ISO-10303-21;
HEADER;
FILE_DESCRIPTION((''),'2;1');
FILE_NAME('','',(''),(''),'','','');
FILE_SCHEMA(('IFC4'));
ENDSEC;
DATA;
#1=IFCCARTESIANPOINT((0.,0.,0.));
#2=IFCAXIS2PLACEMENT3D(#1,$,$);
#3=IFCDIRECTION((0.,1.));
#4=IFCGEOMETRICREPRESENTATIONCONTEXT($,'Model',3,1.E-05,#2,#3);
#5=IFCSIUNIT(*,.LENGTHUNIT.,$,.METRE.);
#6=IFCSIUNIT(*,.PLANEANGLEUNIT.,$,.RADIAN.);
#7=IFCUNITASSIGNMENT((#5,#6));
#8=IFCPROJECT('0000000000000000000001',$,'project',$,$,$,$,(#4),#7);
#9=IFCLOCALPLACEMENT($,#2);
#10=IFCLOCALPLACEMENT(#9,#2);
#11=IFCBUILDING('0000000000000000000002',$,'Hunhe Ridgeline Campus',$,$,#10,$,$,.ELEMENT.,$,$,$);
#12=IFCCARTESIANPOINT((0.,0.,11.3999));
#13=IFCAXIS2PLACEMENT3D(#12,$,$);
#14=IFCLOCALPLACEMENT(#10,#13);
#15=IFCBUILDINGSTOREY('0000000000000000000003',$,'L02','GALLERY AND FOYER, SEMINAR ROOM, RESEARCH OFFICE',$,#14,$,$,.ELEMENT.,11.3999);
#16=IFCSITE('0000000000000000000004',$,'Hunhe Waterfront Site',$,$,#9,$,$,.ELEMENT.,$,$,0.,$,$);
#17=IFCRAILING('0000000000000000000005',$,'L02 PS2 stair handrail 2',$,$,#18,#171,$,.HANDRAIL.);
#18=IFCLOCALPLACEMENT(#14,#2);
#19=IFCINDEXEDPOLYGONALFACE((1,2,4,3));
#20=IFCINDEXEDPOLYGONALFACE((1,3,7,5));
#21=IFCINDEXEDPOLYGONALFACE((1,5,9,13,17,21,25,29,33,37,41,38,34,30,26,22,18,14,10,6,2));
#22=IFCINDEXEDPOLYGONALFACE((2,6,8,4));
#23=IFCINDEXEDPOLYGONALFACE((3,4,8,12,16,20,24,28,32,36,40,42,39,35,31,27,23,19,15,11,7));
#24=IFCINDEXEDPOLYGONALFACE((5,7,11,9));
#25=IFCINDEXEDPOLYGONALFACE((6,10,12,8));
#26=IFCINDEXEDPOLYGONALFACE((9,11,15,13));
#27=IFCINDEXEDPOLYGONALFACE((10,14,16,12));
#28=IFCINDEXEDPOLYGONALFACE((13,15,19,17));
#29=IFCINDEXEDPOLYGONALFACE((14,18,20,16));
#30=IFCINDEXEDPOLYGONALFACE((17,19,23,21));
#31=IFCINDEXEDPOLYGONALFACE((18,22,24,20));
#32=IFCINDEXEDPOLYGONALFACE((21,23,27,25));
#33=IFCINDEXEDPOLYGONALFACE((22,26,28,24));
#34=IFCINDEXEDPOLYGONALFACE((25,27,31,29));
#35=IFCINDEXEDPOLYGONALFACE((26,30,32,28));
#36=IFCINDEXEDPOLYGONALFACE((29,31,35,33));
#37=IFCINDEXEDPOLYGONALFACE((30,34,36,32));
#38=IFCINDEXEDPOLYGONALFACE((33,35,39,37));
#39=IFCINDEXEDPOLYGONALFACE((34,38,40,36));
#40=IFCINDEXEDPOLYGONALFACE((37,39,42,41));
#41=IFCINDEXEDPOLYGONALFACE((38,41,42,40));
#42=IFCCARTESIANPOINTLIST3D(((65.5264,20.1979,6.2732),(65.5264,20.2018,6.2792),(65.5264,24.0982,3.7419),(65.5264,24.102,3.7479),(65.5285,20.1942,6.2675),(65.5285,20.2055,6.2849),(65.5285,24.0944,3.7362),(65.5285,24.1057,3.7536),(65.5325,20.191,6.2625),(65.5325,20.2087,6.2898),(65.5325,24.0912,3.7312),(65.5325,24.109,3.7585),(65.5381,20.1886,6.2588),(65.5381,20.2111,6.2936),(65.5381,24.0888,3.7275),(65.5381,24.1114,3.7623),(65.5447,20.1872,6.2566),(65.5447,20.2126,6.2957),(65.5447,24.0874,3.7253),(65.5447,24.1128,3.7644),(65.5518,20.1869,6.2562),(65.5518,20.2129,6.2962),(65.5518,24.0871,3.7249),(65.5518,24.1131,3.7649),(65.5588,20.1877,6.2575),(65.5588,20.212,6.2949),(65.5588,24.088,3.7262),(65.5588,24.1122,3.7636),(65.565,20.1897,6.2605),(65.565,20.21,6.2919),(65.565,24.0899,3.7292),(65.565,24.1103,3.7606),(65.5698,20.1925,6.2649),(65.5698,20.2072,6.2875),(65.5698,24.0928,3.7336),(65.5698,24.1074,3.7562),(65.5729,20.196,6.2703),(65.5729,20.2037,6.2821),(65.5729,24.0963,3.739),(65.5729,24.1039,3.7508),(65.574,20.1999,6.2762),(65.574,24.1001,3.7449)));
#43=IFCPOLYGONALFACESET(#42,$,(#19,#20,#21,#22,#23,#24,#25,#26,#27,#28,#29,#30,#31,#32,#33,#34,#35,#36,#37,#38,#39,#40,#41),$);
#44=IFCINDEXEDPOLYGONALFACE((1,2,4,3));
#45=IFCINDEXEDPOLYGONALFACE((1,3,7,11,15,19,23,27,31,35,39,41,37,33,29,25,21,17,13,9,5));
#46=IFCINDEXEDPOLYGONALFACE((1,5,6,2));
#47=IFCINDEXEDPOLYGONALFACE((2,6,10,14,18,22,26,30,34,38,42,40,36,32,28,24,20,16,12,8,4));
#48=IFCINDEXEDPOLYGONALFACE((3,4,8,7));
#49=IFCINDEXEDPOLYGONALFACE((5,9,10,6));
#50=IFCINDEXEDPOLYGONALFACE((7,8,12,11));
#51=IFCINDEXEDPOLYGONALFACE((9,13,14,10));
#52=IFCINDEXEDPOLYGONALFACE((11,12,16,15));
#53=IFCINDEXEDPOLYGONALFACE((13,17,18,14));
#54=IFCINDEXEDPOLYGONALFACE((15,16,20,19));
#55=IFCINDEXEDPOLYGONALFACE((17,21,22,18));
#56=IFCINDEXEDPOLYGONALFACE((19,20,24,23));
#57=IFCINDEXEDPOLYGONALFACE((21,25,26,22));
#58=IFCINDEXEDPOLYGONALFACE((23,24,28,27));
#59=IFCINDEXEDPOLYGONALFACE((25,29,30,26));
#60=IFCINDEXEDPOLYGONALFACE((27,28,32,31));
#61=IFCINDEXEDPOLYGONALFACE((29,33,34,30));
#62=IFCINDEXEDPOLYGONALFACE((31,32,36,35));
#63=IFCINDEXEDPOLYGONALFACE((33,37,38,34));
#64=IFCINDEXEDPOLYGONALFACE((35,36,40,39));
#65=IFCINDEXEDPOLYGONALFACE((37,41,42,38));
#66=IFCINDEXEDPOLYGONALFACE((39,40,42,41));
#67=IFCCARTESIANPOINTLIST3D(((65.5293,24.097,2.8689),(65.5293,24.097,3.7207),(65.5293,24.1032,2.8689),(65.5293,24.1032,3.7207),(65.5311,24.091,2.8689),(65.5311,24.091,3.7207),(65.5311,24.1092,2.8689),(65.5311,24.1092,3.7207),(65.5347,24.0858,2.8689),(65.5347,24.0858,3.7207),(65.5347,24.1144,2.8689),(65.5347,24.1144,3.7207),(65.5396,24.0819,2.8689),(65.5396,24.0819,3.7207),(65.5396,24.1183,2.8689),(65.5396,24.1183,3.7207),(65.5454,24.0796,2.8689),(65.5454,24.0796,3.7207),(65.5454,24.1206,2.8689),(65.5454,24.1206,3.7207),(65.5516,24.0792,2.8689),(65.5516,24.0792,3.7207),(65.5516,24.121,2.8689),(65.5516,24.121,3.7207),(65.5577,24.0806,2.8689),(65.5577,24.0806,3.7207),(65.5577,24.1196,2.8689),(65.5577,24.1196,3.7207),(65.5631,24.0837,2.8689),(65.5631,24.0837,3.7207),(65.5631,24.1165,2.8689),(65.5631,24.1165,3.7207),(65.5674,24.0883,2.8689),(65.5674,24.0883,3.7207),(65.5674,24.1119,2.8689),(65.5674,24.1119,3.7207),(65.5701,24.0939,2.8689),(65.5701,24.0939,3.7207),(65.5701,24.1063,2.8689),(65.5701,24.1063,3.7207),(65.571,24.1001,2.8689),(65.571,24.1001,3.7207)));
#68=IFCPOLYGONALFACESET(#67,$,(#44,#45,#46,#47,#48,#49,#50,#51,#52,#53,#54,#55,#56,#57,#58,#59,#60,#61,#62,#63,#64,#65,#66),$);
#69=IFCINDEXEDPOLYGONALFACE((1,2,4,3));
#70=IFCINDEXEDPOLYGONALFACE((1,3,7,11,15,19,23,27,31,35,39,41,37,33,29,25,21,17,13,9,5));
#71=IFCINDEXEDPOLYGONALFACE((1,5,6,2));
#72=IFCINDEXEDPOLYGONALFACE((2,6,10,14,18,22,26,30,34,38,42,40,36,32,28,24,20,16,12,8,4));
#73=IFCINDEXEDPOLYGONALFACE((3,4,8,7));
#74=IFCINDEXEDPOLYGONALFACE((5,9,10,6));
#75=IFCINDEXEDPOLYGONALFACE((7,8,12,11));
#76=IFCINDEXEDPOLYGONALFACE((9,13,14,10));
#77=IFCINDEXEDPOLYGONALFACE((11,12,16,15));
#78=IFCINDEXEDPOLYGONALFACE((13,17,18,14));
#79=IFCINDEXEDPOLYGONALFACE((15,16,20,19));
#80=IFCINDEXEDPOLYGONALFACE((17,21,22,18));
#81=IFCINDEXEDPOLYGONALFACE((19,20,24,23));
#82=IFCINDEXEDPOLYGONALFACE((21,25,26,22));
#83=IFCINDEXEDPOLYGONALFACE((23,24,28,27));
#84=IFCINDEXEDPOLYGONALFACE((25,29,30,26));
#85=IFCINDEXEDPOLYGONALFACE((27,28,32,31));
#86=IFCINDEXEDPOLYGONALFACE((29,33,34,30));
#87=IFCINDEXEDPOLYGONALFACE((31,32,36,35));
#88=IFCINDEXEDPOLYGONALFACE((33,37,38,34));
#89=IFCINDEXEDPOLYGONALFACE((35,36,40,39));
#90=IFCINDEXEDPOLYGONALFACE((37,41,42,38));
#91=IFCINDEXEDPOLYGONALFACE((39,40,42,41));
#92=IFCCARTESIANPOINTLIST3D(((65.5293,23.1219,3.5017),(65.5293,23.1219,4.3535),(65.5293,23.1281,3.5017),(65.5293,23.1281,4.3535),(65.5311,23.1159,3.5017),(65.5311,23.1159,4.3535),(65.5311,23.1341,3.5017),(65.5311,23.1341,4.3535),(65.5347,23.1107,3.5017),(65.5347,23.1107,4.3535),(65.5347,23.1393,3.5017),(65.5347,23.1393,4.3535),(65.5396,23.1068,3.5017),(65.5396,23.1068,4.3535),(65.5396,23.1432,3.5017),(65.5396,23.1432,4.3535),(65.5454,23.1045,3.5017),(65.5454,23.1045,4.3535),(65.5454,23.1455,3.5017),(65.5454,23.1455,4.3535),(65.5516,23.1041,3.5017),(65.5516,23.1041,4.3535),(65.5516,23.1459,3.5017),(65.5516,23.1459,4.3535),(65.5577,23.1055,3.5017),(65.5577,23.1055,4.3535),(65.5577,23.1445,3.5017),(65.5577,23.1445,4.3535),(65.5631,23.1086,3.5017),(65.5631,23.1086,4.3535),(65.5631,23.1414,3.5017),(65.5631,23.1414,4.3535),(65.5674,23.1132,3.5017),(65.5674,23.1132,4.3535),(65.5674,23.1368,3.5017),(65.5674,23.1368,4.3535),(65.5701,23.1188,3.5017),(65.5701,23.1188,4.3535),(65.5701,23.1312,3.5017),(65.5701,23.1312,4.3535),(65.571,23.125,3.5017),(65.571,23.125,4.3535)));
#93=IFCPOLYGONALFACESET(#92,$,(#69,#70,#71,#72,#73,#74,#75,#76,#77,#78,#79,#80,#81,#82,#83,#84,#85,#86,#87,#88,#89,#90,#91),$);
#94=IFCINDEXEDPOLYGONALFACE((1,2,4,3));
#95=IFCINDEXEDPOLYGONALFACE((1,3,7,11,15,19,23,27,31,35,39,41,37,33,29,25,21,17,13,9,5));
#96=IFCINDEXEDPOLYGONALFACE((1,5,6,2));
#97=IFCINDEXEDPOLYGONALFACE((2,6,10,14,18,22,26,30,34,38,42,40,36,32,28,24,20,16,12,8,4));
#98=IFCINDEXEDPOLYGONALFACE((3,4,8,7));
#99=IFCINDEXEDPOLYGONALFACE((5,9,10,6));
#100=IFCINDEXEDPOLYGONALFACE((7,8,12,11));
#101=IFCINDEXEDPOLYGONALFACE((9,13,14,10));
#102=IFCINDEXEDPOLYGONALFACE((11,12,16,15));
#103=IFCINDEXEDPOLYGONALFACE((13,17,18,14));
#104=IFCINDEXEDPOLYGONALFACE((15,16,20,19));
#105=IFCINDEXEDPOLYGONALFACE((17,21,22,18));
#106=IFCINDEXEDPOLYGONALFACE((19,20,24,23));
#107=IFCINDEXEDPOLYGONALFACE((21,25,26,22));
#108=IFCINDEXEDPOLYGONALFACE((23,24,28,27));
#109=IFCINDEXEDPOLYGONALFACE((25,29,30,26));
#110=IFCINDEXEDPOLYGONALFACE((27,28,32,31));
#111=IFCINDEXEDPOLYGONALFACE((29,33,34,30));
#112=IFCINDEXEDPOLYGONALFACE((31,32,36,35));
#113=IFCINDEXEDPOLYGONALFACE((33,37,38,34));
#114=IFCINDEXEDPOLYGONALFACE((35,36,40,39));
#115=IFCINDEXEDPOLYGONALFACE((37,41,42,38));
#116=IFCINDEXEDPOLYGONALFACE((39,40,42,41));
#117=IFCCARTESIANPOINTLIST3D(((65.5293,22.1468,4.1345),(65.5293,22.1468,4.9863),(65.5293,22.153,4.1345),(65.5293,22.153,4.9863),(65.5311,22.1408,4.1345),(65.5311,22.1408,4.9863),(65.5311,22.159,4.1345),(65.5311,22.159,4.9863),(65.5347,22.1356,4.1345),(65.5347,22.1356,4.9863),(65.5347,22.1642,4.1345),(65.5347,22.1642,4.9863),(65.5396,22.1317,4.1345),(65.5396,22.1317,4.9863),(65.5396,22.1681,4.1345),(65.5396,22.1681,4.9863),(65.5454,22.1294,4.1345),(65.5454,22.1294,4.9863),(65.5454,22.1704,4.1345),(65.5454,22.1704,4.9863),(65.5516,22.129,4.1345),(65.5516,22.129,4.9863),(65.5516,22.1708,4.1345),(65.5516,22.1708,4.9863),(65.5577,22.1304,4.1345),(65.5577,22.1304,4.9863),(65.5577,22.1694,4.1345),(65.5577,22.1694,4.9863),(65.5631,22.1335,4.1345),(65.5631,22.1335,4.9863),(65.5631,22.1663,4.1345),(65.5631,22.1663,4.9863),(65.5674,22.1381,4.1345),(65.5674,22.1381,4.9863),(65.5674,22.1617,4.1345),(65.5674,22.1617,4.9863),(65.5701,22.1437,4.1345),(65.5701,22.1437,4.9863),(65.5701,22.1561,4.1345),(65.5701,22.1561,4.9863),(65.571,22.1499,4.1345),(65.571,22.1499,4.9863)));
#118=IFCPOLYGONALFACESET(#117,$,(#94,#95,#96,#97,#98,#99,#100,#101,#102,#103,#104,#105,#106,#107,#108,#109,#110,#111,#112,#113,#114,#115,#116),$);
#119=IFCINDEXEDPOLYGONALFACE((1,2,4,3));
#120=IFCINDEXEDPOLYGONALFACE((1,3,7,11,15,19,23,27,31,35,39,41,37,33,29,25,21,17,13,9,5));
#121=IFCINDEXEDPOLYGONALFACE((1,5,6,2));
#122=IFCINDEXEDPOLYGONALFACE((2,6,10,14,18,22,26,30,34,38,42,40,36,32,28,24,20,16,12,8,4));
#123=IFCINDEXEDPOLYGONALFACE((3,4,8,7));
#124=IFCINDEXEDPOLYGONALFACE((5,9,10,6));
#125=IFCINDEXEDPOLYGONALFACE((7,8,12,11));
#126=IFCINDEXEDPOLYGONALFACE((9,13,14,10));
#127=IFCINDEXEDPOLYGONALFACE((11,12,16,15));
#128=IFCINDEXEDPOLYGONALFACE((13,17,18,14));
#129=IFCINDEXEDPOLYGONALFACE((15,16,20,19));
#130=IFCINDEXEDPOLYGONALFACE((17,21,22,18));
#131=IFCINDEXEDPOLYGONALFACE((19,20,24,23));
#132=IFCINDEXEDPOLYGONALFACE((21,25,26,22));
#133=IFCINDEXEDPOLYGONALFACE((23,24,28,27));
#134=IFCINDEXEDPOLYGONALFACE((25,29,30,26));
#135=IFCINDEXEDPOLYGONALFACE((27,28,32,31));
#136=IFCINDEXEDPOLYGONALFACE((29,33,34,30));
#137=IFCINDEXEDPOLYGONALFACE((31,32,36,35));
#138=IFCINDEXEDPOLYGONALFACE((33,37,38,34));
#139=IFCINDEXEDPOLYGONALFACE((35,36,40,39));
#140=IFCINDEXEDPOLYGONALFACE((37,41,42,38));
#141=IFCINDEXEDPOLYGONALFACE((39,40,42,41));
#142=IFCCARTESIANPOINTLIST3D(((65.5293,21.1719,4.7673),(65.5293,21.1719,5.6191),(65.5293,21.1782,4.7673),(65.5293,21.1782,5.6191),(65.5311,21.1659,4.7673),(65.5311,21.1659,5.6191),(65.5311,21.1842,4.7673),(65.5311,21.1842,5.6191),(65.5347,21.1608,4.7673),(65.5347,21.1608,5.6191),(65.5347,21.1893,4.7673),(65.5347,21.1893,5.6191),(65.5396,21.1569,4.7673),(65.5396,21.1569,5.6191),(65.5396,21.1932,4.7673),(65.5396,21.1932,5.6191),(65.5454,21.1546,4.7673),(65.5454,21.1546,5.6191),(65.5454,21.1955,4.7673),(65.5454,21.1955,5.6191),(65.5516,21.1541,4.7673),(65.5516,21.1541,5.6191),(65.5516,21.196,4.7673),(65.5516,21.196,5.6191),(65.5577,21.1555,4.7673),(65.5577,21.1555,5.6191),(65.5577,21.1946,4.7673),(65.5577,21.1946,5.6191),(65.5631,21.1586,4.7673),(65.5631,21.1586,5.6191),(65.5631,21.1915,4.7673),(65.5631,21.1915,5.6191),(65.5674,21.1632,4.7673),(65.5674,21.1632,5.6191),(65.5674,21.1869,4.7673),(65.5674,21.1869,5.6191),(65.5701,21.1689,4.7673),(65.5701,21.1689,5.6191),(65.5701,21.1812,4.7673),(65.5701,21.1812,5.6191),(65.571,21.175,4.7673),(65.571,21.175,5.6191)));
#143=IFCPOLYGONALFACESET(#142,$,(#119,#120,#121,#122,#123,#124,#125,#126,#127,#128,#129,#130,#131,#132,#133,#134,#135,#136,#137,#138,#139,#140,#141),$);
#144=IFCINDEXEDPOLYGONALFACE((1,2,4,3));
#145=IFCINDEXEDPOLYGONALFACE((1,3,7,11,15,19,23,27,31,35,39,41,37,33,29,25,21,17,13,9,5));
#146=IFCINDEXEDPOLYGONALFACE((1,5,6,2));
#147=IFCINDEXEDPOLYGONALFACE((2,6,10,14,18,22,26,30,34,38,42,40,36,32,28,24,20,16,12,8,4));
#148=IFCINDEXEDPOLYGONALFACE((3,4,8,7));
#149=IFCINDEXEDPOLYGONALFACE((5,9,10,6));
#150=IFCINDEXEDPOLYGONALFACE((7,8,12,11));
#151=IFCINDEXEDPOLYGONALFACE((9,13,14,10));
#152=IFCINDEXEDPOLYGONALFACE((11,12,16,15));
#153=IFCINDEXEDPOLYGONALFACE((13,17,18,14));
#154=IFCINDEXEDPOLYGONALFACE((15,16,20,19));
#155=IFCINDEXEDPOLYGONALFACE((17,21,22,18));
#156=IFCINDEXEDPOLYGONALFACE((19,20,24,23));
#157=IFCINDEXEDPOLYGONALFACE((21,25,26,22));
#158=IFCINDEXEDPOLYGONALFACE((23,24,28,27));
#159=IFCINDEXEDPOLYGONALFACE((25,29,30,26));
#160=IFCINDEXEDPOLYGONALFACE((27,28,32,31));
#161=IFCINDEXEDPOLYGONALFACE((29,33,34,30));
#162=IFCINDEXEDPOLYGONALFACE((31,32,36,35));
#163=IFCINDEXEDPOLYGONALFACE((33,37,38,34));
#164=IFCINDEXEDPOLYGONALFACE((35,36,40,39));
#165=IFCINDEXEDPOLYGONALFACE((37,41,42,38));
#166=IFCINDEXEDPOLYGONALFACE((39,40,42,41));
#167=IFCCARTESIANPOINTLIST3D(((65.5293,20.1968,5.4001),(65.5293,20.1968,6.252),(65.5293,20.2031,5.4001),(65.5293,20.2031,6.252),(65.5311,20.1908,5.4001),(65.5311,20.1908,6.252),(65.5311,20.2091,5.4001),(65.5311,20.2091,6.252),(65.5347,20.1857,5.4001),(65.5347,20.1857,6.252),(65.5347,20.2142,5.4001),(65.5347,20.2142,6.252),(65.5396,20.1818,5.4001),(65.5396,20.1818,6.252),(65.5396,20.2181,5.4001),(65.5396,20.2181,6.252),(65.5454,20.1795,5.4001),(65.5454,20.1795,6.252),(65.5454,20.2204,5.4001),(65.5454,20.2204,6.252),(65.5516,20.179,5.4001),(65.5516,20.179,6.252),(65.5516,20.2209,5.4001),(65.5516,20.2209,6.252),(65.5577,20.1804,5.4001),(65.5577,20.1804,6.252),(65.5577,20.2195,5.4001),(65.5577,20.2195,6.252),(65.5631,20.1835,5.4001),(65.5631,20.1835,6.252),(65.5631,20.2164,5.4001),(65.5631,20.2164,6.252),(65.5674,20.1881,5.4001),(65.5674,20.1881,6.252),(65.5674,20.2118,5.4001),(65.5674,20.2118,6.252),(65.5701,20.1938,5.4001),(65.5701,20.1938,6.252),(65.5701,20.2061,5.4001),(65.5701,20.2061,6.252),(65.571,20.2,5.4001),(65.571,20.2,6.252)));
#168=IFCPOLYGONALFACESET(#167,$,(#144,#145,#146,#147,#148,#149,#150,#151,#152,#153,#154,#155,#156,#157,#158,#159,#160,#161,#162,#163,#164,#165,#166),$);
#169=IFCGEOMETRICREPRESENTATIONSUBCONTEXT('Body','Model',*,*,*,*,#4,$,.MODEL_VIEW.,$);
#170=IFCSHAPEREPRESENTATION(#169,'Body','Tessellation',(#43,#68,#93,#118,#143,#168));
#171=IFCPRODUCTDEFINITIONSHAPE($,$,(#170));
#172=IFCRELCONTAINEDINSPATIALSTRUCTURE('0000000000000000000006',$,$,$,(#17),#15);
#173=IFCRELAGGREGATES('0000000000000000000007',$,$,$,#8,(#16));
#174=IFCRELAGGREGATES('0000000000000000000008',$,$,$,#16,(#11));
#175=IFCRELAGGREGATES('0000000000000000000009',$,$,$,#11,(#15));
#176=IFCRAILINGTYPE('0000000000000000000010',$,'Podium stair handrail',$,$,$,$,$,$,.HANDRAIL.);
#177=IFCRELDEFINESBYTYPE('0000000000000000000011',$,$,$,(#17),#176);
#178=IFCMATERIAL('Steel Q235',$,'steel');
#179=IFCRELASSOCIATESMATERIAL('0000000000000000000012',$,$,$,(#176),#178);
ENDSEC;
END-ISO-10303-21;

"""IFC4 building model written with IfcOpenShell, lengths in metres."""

from ifc_helpers import new_model, si_unit, direction, frame, origin, origin_2d, place, context, subcontext, project, spatial, circle, extrude, material, type_object, element, save


model = new_model("IFC4")

# Units and contexts
model_context = context("Model", 3, precision=1e-05, world=origin(), true_north=direction((0.0, 1.0)))
body_context = subcontext(model_context, "Body", "Model", "MODEL_VIEW")
ifc_project = project(units=[si_unit("LENGTHUNIT", "METRE"), si_unit("PLANEANGLEUNIT", "RADIAN")], contexts=[model_context])

# Site, building, storey
site_placement = place(None, origin())
site = spatial("IfcSite", under=ifc_project, at=site_placement, Name="Hunhe Waterfront Site", CompositionType="ELEMENT", RefElevation=0.0)
building_placement = place(site_placement, origin())
building = spatial("IfcBuilding", under=site, at=building_placement, Name="Hunhe Ridgeline Campus", CompositionType="ELEMENT")
storey_placement = place(building_placement, frame((0.0, 0.0, 11.3999)))
storey = spatial("IfcBuildingStorey", under=building, at=storey_placement, Name="L02", Description="GALLERY AND FOYER, SEMINAR ROOM, RESEARCH OFFICE", CompositionType="ELEMENT", Elevation=11.3999)

# Shared definitions
ifc_material_1 = material(Name="Steel Q235", Category="steel")

# Railing
railing_type_1 = type_object("IfcRailingType", Name="Podium stair handrail", PredefinedType="HANDRAIL", material=ifc_material_1)
railing_1_placement = place(storey_placement, frame((65.55, 24.1001, 2.8689)))
element("IfcRailing", 1, at=railing_1_placement, inside=storey, type_object=railing_type_1, Name="L02 PS2 stair handrail 2", PredefinedType="HANDRAIL", context=body_context, shape_type="SweptSolid", body=[
    extrude(circle(Radius=0.0239, at=origin_2d()), frame((0.0, 0.0, 0.876), z_axis=(0.0, -0.838821, 0.544407), x_axis=(1.0, 0.0, 0.0)), (0.0, 0.0, 1.0), 4.6497),
    extrude(circle(Radius=0.021, at=origin_2d()), origin(), (0.0, 0.0, 1.0), 0.8518),
    extrude(circle(Radius=0.021, at=origin_2d()), frame((0.0, -0.9751, 0.6328)), (0.0, 0.0, 1.0), 0.8518),
    extrude(circle(Radius=0.021, at=origin_2d()), frame((0.0, -1.9502, 1.2656)), (0.0, 0.0, 1.0), 0.8518),
    extrude(circle(Radius=0.021, at=origin_2d()), frame((0.0, -2.925, 1.8984)), (0.0, 0.0, 1.0), 0.8518),
    extrude(circle(Radius=0.021, at=origin_2d()), frame((0.0, -3.9001, 2.5312)), (0.0, 0.0, 1.0), 0.8518),
])

save(model, "model.ifc")
